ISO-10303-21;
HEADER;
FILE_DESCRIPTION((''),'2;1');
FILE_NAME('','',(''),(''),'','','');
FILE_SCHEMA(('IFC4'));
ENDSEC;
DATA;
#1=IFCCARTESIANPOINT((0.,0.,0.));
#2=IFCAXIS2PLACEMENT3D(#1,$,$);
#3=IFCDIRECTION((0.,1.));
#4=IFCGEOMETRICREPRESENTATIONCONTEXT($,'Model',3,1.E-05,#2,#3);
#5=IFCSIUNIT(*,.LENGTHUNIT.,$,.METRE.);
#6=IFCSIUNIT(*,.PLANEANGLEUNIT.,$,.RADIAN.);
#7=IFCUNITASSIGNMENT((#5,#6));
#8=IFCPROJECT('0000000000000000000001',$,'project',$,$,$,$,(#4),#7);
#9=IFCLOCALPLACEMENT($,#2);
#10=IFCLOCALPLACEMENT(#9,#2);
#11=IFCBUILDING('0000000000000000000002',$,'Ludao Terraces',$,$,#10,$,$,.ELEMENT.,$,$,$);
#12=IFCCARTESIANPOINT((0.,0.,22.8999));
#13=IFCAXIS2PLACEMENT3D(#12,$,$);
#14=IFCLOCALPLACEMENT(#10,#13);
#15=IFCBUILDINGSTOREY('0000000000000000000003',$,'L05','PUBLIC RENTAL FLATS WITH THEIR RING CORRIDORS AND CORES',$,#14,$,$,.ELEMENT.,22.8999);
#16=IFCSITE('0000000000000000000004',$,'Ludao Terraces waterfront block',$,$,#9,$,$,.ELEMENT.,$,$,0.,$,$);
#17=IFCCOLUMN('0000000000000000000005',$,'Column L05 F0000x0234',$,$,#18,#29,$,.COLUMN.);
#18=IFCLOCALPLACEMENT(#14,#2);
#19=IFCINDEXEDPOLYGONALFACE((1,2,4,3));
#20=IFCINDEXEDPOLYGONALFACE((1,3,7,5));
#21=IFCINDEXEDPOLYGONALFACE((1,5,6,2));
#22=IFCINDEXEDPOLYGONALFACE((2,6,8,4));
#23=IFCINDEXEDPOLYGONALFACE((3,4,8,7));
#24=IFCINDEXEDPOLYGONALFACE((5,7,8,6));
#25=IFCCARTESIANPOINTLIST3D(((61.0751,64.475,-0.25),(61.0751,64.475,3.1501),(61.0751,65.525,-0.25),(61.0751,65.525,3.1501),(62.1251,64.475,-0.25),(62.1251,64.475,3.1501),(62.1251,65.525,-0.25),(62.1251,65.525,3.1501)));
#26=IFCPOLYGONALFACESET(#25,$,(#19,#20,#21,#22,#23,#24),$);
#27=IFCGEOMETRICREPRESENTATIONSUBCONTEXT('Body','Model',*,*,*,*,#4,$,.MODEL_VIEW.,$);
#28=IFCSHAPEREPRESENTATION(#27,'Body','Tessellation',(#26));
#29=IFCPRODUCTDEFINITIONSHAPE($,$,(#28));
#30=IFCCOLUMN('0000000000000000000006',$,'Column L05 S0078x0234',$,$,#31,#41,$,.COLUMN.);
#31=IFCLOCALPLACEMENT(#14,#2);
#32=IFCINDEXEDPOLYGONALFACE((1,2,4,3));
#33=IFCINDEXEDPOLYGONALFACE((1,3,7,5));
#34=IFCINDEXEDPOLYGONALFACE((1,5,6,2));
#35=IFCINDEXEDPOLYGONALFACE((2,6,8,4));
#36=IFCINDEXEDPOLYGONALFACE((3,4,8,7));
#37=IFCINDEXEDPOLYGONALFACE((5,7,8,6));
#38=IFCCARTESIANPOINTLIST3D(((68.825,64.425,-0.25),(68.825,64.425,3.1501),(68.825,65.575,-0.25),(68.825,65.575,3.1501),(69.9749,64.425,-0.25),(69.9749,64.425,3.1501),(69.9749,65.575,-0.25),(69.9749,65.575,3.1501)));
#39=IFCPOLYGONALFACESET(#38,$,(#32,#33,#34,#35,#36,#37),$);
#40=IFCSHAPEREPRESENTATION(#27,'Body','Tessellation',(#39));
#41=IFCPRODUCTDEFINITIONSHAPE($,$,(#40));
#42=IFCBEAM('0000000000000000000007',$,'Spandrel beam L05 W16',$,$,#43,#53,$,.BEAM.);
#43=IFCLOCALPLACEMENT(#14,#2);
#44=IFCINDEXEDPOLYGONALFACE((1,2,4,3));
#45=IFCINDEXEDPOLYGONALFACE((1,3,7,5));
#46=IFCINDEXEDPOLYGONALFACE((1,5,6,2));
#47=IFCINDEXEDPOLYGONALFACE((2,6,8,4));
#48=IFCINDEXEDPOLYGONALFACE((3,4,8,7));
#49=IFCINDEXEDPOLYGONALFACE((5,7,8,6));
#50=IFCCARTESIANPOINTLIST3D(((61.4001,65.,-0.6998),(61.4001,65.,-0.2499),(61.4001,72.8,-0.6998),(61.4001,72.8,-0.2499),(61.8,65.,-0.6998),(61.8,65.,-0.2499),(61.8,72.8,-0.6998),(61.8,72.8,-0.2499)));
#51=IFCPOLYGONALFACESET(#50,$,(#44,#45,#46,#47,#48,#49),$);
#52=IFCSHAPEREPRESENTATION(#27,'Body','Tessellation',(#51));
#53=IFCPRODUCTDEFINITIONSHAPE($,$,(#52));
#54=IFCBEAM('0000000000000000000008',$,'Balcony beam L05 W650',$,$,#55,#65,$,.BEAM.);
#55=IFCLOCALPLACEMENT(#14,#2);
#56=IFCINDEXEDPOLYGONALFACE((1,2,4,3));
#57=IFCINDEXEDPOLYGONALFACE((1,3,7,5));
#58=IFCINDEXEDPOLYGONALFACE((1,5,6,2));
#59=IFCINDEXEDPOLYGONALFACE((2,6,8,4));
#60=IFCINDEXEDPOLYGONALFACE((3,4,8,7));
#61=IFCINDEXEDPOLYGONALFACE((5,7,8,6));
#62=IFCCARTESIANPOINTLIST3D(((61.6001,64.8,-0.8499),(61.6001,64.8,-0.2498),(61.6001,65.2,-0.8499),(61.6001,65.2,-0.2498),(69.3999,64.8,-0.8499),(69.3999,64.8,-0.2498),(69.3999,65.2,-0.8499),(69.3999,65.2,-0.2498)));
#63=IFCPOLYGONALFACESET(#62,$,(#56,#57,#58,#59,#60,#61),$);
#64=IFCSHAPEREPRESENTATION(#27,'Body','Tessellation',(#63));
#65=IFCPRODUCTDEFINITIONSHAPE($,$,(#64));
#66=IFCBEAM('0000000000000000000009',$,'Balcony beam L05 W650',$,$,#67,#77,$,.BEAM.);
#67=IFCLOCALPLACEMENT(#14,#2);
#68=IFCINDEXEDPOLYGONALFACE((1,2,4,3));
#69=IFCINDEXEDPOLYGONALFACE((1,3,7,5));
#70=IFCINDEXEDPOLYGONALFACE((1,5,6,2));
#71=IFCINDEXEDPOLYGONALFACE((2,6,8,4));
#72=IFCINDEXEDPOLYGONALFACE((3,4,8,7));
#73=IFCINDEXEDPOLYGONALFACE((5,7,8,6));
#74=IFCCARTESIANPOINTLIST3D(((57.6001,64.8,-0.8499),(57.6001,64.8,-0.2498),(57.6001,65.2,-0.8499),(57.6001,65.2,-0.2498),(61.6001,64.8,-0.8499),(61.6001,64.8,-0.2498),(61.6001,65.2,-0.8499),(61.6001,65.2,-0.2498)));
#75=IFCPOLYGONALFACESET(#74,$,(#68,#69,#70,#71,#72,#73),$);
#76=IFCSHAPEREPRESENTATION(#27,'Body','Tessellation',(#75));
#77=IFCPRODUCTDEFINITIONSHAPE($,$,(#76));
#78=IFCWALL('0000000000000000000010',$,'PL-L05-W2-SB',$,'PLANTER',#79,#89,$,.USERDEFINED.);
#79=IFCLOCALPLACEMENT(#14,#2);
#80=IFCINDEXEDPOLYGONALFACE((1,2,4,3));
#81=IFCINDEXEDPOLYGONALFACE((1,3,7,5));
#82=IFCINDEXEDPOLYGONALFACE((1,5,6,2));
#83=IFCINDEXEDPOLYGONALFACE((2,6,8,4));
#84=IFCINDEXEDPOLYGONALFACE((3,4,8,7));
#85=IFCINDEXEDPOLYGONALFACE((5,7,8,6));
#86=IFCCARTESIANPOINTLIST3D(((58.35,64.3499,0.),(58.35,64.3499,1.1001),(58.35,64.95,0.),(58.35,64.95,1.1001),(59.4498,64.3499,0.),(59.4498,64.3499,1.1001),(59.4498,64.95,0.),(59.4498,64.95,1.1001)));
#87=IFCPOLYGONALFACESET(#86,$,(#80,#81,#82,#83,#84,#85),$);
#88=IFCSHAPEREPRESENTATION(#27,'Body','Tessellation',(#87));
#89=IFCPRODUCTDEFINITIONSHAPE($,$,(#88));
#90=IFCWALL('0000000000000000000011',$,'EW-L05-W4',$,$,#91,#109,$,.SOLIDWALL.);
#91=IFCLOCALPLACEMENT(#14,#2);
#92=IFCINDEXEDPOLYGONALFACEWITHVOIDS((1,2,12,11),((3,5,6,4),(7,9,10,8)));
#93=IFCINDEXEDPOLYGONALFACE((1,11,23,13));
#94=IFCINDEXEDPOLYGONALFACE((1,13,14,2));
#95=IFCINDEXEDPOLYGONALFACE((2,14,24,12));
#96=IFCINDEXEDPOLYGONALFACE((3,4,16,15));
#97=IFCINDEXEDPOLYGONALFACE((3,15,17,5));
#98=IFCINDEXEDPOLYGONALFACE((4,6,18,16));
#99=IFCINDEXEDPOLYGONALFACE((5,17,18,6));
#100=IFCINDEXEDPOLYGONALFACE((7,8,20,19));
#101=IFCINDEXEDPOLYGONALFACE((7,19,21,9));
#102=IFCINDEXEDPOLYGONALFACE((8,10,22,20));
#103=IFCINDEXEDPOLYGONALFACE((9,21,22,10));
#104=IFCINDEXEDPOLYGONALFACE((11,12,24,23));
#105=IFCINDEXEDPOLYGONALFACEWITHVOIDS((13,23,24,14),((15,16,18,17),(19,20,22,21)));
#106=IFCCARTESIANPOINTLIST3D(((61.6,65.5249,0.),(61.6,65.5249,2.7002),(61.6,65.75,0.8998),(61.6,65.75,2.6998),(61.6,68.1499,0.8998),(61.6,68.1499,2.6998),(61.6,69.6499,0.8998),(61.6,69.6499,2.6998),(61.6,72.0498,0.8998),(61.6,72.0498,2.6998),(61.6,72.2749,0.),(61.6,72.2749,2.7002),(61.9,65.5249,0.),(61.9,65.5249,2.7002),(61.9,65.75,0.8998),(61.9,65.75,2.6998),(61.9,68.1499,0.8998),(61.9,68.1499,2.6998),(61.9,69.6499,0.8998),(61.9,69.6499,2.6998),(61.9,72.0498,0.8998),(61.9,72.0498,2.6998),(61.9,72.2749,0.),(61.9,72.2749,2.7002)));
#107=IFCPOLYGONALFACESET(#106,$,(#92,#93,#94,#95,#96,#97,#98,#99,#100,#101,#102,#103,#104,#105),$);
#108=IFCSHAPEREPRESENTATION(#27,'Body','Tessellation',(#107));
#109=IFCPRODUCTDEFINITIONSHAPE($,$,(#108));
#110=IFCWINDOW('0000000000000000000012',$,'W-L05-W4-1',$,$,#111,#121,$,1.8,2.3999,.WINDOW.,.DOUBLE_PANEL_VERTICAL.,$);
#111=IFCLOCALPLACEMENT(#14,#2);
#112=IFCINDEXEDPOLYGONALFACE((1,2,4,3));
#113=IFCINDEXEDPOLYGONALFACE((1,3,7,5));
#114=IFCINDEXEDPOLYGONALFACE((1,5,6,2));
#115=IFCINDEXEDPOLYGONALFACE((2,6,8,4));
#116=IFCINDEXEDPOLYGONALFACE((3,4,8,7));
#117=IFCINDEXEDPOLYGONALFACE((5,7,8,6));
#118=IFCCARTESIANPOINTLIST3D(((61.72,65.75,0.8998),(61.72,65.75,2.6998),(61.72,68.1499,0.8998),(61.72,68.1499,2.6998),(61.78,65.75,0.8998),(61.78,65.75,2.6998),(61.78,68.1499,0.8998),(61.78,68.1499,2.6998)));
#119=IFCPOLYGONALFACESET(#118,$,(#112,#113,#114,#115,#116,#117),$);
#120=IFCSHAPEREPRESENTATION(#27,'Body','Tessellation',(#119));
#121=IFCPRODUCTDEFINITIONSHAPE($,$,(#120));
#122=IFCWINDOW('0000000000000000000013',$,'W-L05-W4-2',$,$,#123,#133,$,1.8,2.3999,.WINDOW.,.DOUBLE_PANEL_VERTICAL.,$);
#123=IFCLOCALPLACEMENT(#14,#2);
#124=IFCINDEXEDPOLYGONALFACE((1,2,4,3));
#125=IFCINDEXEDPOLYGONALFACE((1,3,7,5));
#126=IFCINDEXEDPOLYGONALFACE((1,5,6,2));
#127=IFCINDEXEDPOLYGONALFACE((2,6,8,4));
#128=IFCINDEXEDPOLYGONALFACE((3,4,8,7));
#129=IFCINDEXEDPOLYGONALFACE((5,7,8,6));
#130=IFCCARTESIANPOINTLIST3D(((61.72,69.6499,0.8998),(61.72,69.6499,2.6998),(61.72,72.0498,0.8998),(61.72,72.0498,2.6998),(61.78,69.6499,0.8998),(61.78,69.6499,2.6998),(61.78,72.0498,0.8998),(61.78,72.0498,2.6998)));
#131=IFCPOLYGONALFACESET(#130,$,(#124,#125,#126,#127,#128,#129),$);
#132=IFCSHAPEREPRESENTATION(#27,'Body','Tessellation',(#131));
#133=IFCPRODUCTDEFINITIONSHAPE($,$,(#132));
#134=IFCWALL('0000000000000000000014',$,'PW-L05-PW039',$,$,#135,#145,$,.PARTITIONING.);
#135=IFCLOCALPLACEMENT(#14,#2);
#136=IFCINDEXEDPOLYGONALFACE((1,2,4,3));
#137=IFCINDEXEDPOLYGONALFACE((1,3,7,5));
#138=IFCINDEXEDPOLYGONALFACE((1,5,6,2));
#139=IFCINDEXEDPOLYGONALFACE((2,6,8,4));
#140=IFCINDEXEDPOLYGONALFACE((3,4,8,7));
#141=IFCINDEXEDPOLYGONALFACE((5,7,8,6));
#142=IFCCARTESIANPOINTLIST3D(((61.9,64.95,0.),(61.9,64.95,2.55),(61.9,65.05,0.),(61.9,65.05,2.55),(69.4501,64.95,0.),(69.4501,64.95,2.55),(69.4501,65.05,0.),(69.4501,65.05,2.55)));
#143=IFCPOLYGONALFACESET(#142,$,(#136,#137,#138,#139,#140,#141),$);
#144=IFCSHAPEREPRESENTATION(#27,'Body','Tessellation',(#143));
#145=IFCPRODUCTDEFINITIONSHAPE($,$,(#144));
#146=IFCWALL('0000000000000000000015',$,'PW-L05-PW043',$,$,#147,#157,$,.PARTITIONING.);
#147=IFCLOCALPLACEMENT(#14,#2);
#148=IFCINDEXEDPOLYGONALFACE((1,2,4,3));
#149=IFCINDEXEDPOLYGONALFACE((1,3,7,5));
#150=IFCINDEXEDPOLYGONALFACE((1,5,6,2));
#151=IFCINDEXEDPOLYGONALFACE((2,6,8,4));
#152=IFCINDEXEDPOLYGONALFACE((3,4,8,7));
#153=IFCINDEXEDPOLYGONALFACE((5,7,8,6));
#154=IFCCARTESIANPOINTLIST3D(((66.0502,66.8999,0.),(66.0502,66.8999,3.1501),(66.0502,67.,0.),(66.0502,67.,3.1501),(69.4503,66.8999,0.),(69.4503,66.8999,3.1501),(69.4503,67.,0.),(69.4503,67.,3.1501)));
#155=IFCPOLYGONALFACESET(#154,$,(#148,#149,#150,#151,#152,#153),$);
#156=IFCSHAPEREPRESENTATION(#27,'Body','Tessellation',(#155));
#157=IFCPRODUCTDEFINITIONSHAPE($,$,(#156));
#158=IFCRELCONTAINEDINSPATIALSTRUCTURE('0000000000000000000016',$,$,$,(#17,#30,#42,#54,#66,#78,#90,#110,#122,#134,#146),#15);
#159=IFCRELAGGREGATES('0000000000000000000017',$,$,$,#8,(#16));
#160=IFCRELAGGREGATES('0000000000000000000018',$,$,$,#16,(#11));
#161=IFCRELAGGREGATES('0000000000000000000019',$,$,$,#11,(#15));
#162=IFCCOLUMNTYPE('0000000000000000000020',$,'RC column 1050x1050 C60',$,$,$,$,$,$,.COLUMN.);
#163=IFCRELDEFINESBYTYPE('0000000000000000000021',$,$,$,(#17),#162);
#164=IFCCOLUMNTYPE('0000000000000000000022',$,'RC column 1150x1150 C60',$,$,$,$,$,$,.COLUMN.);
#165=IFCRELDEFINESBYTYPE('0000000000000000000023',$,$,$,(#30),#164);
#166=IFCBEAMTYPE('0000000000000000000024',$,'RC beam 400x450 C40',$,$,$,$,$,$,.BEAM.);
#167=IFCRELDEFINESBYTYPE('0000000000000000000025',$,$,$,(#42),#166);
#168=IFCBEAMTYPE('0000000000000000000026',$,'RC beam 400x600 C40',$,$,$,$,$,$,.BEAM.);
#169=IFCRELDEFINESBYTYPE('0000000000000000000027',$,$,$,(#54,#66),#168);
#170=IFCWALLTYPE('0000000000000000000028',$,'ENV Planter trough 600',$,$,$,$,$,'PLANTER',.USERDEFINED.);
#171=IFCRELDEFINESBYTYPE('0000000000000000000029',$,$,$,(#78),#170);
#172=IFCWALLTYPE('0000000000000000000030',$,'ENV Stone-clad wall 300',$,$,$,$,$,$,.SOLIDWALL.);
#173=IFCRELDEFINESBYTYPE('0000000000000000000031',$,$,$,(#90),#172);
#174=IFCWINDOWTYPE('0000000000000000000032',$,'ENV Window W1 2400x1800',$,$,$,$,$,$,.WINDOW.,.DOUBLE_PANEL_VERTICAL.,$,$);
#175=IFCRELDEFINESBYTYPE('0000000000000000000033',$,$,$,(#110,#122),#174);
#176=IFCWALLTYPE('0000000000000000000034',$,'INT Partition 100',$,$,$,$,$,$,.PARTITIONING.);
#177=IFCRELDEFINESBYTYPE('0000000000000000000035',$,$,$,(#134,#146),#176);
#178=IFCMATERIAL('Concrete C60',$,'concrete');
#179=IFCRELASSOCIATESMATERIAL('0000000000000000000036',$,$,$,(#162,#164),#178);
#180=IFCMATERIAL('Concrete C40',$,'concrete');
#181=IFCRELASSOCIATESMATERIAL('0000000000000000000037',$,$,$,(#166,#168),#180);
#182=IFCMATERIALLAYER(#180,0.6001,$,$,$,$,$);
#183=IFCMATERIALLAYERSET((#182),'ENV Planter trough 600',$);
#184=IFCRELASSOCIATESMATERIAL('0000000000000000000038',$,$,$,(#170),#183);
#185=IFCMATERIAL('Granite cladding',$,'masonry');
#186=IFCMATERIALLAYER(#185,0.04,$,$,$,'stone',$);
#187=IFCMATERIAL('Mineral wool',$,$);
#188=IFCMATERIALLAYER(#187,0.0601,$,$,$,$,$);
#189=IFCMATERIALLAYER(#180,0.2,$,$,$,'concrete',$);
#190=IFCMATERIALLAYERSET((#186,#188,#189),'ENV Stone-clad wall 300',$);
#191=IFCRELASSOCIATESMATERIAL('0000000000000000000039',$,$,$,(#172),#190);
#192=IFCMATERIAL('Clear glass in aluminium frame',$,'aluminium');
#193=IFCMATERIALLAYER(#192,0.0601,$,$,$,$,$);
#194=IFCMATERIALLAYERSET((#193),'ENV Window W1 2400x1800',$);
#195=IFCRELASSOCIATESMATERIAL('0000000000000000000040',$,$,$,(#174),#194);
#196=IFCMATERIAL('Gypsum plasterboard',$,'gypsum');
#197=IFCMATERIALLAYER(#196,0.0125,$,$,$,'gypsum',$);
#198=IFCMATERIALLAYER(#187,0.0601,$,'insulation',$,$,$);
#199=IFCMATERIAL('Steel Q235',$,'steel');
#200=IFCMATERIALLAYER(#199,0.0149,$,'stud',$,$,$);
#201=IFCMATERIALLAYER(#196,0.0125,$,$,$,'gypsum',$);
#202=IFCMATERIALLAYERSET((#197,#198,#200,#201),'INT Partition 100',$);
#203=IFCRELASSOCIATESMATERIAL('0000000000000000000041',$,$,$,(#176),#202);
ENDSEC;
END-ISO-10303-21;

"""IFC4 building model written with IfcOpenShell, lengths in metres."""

from ifc_helpers import new_model, si_unit, direction, frame, frame_2d, origin, origin_2d, place, context, subcontext, project, spatial, rectangle, extrude, material, layer, layer_set, material_profile, profile_set, type_object, element, fill, save


model = new_model("IFC4")

# Units and contexts
model_context = context("Model", 3, precision=1e-05, world=origin(), true_north=direction((0.0, 1.0)))
body_context = subcontext(model_context, "Body", "Model", "MODEL_VIEW")
ifc_project = project(units=[si_unit("LENGTHUNIT", "METRE"), si_unit("PLANEANGLEUNIT", "RADIAN")], contexts=[model_context])

# Site, building, storey
site_placement = place(None, origin())
site = spatial("IfcSite", under=ifc_project, at=site_placement, Name="Ludao Terraces waterfront block", CompositionType="ELEMENT", RefElevation=0.0)
building_placement = place(site_placement, origin())
building = spatial("IfcBuilding", under=site, at=building_placement, Name="Ludao Terraces", CompositionType="ELEMENT")
storey_placement = place(building_placement, frame((0.0, 0.0, 22.8999)))
storey = spatial("IfcBuildingStorey", under=building, at=storey_placement, Name="L05", Description="PUBLIC RENTAL FLATS WITH THEIR RING CORRIDORS AND CORES", CompositionType="ELEMENT", Elevation=22.8999)

# Columns
ifc_material_1 = material(Name="Concrete C60", Category="concrete")
ifc_material_profile_1 = material_profile(ifc_material_1, rectangle(XDim=1.05, YDim=1.05, at=origin_2d()), Name="1050 X 1050")
ifc_profile_set_1 = profile_set([ifc_material_profile_1], Name="Concrete C60")
column_type_1 = type_object("IfcColumnType", Name="RC column 1050x1050 C60", PredefinedType="COLUMN", material=ifc_profile_set_1)
column_1_placement = place(storey_placement, frame((61.6001, 65.0, -0.25), z_axis=(0.0, 0.0, 1.0), x_axis=(1.0, 0.0, 0.0)))
element("IfcColumn", 1, at=column_1_placement, inside=storey, type_object=column_type_1, Name="Column L05 F0000x0234", PredefinedType="COLUMN", context=body_context, shape_type="SweptSolid", body=[
    extrude(rectangle(XDim=1.05, YDim=1.05, at=origin_2d()), origin(), (0.0, 0.0, 1.0), 3.4001),
])
ifc_material_profile_2 = material_profile(ifc_material_1, rectangle(XDim=1.1499, YDim=1.1499, at=origin_2d()), Name="1150 X 1150")
ifc_profile_set_2 = profile_set([ifc_material_profile_2], Name="Concrete C60")
column_type_2 = type_object("IfcColumnType", Name="RC column 1150x1150 C60", PredefinedType="COLUMN", material=ifc_profile_set_2)
column_2_placement = place(storey_placement, frame((69.3999, 65.0, -0.25), z_axis=(0.0, 0.0, 1.0), x_axis=(1.0, 0.0, 0.0)))
element("IfcColumn", 2, at=column_2_placement, inside=storey, type_object=column_type_2, Name="Column L05 S0078x0234", PredefinedType="COLUMN", context=body_context, shape_type="SweptSolid", body=[
    extrude(rectangle(XDim=1.1499, YDim=1.1499, at=origin_2d()), origin(), (0.0, 0.0, 1.0), 3.4001),
])

# Beams
ifc_material_2 = material(Name="Concrete C40", Category="concrete")
ifc_material_profile_3 = material_profile(ifc_material_2, rectangle(XDim=0.3999, YDim=0.45, at=origin_2d()), Name="400 X 450")
ifc_profile_set_3 = profile_set([ifc_material_profile_3], Name="Concrete C40")
beam_type_1 = type_object("IfcBeamType", Name="RC beam 400x450 C40", PredefinedType="BEAM", material=ifc_profile_set_3)
beam_1_placement = place(storey_placement, frame((61.6001, 65.0, -0.4749), z_axis=(0.0, 1.0, 0.0), x_axis=(-1.0, 0.0, 0.0)))
element("IfcBeam", 3, at=beam_1_placement, inside=storey, type_object=beam_type_1, Name="Spandrel beam L05 W16", PredefinedType="BEAM", context=body_context, shape_type="SweptSolid", body=[
    extrude(rectangle(XDim=0.3999, YDim=0.45, at=origin_2d()), origin(), (0.0, 0.0, 1.0), 7.8),
])
ifc_material_profile_4 = material_profile(ifc_material_2, rectangle(XDim=0.3999, YDim=0.6001, at=origin_2d()), Name="400 X 600")
ifc_profile_set_4 = profile_set([ifc_material_profile_4], Name="Concrete C40")
beam_type_2 = type_object("IfcBeamType", Name="RC beam 400x600 C40", PredefinedType="BEAM", material=ifc_profile_set_4)
beam_2_placement = place(storey_placement, frame((69.3999, 65.0, -0.5498), z_axis=(-1.0, 0.0, 0.0), x_axis=(0.0, -1.0, 0.0)))
element("IfcBeam", 4, at=beam_2_placement, inside=storey, type_object=beam_type_2, Name="Balcony beam L05 W650", PredefinedType="BEAM", context=body_context, shape_type="SweptSolid", body=[
    extrude(rectangle(XDim=0.3999, YDim=0.6001, at=origin_2d()), origin(), (0.0, 0.0, 1.0), 7.7998),
])
beam_3_placement = place(storey_placement, frame((61.6001, 65.0, -0.5498), z_axis=(-1.0, 0.0, 0.0), x_axis=(0.0, -1.0, 0.0)))
element("IfcBeam", 5, at=beam_3_placement, inside=storey, type_object=beam_type_2, Name="Balcony beam L05 W650", PredefinedType="BEAM", context=body_context, shape_type="SweptSolid", body=[
    extrude(rectangle(XDim=0.3999, YDim=0.6001, at=origin_2d()), origin(), (0.0, 0.0, 1.0), 4.0),
])

# Wall
ifc_layer_1 = layer(ifc_material_2, 0.6001)
ifc_layer_set_1 = layer_set([ifc_layer_1], Name="ENV Planter trough 600")
wall_type_1 = type_object("IfcWallType", Name="ENV Planter trough 600", ElementType="PLANTER", PredefinedType="USERDEFINED", material=ifc_layer_set_1)
wall_1_placement = place(storey_placement, frame((58.3501, 64.6499, 0.0), z_axis=(0.0, 0.0, 1.0), x_axis=(1.0, 0.0, 0.0)))
element("IfcWall", 6, at=wall_1_placement, inside=storey, type_object=wall_type_1, Name="PL-L05-W2-SB", ObjectType="PLANTER", PredefinedType="USERDEFINED", context=body_context, shape_type="SweptSolid", body=[
    extrude(rectangle(XDim=1.0999, YDim=0.6001, at=frame_2d((0.5498, 0.0))), origin(), (0.0, 0.0, 1.0), 1.1001),
])

# Wall, openings, windows
ifc_material_3 = material(Name="Granite cladding", Category="masonry")
ifc_layer_2 = layer(ifc_material_3, 0.04, Category="stone")
ifc_material_4 = material(Name="Mineral wool")
ifc_layer_3 = layer(ifc_material_4, 0.0601)
ifc_layer_4 = layer(ifc_material_2, 0.2, Category="concrete")
ifc_layer_set_2 = layer_set([ifc_layer_2, ifc_layer_3, ifc_layer_4], Name="ENV Stone-clad wall 300")
wall_type_2 = type_object("IfcWallType", Name="ENV Stone-clad wall 300", PredefinedType="SOLIDWALL", material=ifc_layer_set_2)
wall_2_placement = place(storey_placement, frame((61.75, 65.5249, 0.0), z_axis=(0.0, 0.0, 1.0), x_axis=(0.0, 1.0, 0.0)))
wall_2 = element("IfcWall", 7, at=wall_2_placement, inside=storey, type_object=wall_type_2, Name="EW-L05-W4", PredefinedType="SOLIDWALL", context=body_context, shape_type="SweptSolid", body=[
    extrude(rectangle(XDim=6.75, YDim=0.3, at=frame_2d((3.375, 0.0))), origin(), (0.0, 0.0, 1.0), 2.7002),
])
opening_1_placement = place(wall_2_placement, frame((0.2251, 0.0, 0.8999)))
opening_1 = element("IfcOpeningElement", 8, at=opening_1_placement, cuts=wall_2, PredefinedType="OPENING", context=body_context, shape_type="SweptSolid", body=[
    extrude(rectangle(XDim=2.3999, YDim=1.8, at=frame_2d((1.2, 0.8999))), frame((0.0, 0.1602, 0.0), z_axis=(0.0, -1.0, 0.0), x_axis=(1.0, 0.0, 0.0)), (0.0, 0.0, 1.0), 0.3201),
])
opening_2_placement = place(wall_2_placement, frame((4.125, 0.0, 0.8999)))
opening_2 = element("IfcOpeningElement", 9, at=opening_2_placement, cuts=wall_2, PredefinedType="OPENING", context=body_context, shape_type="SweptSolid", body=[
    extrude(rectangle(XDim=2.3999, YDim=1.8, at=frame_2d((1.2, 0.8999))), frame((0.0, 0.1602, 0.0), z_axis=(0.0, -1.0, 0.0), x_axis=(1.0, 0.0, 0.0)), (0.0, 0.0, 1.0), 0.3201),
])
ifc_material_5 = material(Name="Clear glass in aluminium frame", Category="aluminium")
ifc_layer_5 = layer(ifc_material_5, 0.0601)
ifc_layer_set_3 = layer_set([ifc_layer_5], Name="ENV Window W1 2400x1800")
window_type = type_object("IfcWindowType", Name="ENV Window W1 2400x1800", PartitioningType="DOUBLE_PANEL_VERTICAL", PredefinedType="WINDOW", material=ifc_layer_set_3)
window_1_placement = place(opening_1_placement, origin())
window_1 = element("IfcWindow", 10, at=window_1_placement, inside=storey, type_object=window_type, Name="W-L05-W4-1", OverallHeight=1.8, OverallWidth=2.3999, PartitioningType="DOUBLE_PANEL_VERTICAL", PredefinedType="WINDOW", context=body_context, shape_type="SweptSolid", body=[
    extrude(rectangle(XDim=2.3999, YDim=1.8, at=frame_2d((1.2, 0.8999))), frame((0.0, 0.03, 0.0), z_axis=(0.0, -1.0, 0.0), x_axis=(1.0, 0.0, 0.0)), (0.0, 0.0, 1.0), 0.0601),
])
fill(opening_1, window_1)
window_2_placement = place(opening_2_placement, origin())
window_2 = element("IfcWindow", 11, at=window_2_placement, inside=storey, type_object=window_type, Name="W-L05-W4-2", OverallHeight=1.8, OverallWidth=2.3999, PartitioningType="DOUBLE_PANEL_VERTICAL", PredefinedType="WINDOW", context=body_context, shape_type="SweptSolid", body=[
    extrude(rectangle(XDim=2.3999, YDim=1.8, at=frame_2d((1.2, 0.8999))), frame((0.0, 0.03, 0.0), z_axis=(0.0, -1.0, 0.0), x_axis=(1.0, 0.0, 0.0)), (0.0, 0.0, 1.0), 0.0601),
])
fill(opening_2, window_2)

# Walls
ifc_material_6 = material(Name="Gypsum plasterboard", Category="gypsum")
ifc_layer_6 = layer(ifc_material_6, 0.0125, Category="gypsum")
ifc_layer_7 = layer(ifc_material_4, 0.0601, Name="insulation")
ifc_material_7 = material(Name="Steel Q235", Category="steel")
ifc_layer_8 = layer(ifc_material_7, 0.0149, Name="stud")
ifc_layer_9 = layer(ifc_material_6, 0.0125, Category="gypsum")
ifc_layer_set_4 = layer_set([ifc_layer_6, ifc_layer_7, ifc_layer_8, ifc_layer_9], Name="INT Partition 100")
wall_type_3 = type_object("IfcWallType", Name="INT Partition 100", PredefinedType="PARTITIONING", material=ifc_layer_set_4)
wall_3_placement = place(storey_placement, frame((61.9001, 65.0, 0.0), z_axis=(0.0, 0.0, 1.0), x_axis=(1.0, 0.0, 0.0)))
element("IfcWall", 12, at=wall_3_placement, inside=storey, type_object=wall_type_3, Name="PW-L05-PW039", PredefinedType="PARTITIONING", context=body_context, shape_type="SweptSolid", body=[
    extrude(rectangle(XDim=7.55, YDim=0.1001, at=frame_2d((3.7749, 0.0))), origin(), (0.0, 0.0, 1.0), 2.55),
])
wall_4_placement = place(storey_placement, frame((66.05, 66.95, 0.0), z_axis=(0.0, 0.0, 1.0), x_axis=(1.0, 0.0, 0.0)))
element("IfcWall", 13, at=wall_4_placement, inside=storey, type_object=wall_type_3, Name="PW-L05-PW043", PredefinedType="PARTITIONING", context=body_context, shape_type="SweptSolid", body=[
    extrude(rectangle(XDim=3.4001, YDim=0.1001, at=frame_2d((1.7002, 0.0))), origin(), (0.0, 0.0, 1.0), 3.1501),
])

save(model, "model.ifc")
